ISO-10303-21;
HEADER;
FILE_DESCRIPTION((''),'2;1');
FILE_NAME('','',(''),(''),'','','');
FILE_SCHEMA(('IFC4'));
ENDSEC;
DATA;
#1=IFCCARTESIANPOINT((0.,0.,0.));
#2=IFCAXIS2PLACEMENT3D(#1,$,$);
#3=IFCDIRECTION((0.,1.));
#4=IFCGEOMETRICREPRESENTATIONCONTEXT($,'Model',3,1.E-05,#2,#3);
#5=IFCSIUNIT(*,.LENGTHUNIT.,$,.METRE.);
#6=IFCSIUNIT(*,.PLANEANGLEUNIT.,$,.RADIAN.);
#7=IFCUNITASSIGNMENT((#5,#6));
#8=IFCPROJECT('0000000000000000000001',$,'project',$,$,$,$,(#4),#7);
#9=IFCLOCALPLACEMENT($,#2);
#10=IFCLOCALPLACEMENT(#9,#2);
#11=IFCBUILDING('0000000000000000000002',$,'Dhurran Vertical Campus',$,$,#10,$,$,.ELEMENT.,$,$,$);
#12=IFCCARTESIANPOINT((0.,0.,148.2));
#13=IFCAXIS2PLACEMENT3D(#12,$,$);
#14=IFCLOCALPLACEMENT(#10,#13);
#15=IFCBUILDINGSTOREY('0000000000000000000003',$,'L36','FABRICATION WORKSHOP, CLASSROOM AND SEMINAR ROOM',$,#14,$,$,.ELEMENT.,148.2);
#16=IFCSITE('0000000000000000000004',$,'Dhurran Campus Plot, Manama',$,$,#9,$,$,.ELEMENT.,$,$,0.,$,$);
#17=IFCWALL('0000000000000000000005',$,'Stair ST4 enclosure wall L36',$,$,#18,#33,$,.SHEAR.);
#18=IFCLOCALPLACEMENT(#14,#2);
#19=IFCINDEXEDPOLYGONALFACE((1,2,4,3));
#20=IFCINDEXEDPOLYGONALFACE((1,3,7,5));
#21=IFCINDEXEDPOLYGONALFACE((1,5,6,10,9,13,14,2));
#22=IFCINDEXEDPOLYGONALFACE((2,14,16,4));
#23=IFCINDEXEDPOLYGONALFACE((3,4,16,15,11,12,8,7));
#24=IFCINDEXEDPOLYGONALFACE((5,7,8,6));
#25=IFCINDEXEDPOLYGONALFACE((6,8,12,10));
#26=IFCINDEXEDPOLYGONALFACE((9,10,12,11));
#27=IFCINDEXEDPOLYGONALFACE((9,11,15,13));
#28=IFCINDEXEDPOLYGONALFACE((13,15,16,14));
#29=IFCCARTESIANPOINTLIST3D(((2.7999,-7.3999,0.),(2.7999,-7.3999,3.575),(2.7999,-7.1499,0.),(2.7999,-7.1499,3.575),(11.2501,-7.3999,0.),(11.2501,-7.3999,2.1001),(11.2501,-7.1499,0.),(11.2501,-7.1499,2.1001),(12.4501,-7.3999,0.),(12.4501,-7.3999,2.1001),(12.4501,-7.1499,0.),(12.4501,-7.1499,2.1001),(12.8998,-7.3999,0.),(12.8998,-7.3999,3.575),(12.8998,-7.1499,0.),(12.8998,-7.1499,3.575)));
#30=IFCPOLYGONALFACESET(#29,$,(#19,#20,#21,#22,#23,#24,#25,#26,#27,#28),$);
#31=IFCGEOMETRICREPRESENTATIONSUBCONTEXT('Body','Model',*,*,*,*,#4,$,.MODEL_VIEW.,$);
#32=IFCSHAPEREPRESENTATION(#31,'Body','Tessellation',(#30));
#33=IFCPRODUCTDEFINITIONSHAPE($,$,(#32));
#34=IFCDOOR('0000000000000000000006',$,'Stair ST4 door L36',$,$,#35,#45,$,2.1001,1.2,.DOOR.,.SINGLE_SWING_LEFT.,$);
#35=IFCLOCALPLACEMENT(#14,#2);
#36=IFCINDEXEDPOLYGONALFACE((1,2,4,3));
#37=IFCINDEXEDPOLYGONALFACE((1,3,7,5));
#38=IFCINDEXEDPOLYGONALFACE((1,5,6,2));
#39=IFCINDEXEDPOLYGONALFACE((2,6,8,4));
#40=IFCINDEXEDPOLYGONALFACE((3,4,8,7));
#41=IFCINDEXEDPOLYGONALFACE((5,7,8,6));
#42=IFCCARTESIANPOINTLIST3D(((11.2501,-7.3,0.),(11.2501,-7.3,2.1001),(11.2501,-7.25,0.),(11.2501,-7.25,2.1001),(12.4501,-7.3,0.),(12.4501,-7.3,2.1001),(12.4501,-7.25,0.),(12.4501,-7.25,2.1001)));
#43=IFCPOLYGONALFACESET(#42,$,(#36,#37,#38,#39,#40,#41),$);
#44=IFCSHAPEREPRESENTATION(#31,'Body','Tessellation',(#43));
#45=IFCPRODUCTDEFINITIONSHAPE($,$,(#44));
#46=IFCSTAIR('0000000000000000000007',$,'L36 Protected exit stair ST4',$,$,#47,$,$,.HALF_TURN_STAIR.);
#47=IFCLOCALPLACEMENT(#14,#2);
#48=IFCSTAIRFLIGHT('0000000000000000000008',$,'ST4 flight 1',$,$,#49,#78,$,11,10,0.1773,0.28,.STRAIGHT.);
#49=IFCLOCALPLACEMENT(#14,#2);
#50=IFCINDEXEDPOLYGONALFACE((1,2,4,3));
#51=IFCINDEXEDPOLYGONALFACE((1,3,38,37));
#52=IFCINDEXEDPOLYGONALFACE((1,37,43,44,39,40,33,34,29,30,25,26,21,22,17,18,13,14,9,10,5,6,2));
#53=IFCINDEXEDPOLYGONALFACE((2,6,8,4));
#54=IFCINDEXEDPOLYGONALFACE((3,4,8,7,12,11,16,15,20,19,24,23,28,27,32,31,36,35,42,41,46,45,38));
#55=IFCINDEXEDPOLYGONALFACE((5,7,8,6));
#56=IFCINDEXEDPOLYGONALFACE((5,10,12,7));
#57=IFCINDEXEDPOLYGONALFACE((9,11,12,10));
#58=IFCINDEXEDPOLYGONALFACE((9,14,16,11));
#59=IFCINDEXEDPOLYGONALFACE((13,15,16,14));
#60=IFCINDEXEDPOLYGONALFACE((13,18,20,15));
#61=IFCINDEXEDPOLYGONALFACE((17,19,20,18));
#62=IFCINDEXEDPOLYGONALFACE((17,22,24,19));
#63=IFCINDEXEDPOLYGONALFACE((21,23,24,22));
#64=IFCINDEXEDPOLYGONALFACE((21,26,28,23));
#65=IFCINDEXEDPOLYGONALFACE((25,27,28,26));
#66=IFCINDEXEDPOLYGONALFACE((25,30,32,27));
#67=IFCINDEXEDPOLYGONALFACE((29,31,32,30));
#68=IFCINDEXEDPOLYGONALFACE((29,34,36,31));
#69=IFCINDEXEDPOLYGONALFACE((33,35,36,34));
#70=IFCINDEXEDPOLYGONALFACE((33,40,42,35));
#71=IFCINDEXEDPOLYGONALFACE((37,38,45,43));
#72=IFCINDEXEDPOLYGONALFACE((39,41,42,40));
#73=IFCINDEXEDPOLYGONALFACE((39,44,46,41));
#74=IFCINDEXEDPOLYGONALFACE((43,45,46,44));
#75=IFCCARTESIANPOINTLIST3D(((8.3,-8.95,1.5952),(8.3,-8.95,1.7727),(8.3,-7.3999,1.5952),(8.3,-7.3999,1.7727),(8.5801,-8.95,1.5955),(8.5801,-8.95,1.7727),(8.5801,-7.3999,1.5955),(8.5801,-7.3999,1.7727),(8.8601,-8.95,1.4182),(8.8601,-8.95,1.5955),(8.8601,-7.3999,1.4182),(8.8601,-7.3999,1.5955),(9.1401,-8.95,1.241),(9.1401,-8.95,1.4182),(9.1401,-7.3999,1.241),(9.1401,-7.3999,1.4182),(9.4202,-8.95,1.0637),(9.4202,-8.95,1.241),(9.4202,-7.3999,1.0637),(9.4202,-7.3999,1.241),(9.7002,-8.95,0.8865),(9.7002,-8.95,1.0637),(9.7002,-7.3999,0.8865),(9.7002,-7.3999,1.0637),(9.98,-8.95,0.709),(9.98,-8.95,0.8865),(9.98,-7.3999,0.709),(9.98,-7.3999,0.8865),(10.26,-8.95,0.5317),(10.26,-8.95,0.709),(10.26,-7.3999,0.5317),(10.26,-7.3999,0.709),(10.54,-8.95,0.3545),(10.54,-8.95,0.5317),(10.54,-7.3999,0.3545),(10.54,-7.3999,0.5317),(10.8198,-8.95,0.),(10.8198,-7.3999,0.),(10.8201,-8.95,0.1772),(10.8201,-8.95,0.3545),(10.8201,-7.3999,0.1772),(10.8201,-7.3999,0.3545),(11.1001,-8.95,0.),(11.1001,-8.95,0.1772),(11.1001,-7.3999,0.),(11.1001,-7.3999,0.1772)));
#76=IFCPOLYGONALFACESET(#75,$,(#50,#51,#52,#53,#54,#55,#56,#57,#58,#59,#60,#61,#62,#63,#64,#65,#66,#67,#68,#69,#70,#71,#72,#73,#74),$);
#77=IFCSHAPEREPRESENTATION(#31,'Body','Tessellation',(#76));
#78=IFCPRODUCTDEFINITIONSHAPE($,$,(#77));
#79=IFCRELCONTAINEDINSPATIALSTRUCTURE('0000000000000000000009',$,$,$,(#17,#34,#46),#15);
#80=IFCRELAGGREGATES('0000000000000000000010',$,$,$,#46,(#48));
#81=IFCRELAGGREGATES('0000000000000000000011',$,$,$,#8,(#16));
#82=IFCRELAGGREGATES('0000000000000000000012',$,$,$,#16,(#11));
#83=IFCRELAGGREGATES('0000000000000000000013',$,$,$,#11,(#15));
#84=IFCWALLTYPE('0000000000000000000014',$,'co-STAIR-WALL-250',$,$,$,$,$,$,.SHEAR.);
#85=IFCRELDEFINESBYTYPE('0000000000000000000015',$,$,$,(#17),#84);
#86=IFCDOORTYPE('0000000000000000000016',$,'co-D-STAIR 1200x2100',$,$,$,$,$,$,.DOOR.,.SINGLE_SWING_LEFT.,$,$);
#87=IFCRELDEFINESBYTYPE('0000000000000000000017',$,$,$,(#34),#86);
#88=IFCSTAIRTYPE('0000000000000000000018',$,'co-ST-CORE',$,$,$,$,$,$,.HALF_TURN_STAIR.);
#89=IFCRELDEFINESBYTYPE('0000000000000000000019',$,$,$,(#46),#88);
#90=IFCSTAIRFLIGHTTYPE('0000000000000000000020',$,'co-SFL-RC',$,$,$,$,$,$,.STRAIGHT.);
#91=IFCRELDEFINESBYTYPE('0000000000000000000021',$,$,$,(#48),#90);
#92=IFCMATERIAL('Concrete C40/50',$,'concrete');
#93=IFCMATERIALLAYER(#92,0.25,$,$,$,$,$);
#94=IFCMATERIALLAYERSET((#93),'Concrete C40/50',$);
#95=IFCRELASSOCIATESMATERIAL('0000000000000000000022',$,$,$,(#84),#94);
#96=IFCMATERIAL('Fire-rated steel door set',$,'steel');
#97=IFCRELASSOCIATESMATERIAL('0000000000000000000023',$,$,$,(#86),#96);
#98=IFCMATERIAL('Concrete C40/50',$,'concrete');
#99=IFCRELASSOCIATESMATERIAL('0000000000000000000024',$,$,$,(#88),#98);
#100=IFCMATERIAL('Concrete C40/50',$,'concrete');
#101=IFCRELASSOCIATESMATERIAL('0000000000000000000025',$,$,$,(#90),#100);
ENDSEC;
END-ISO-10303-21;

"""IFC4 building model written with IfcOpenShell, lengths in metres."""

from ifc_helpers import new_model, si_unit, direction, frame, frame_2d, origin, place, context, subcontext, project, spatial, polyline, rectangle, outline, extrude, material, layer, layer_set, type_object, element, fill, aggregate, save


model = new_model("IFC4")

# Units and contexts
model_context = context("Model", 3, precision=1e-05, world=origin(), true_north=direction((0.0, 1.0)))
body_context = subcontext(model_context, "Body", "Model", "MODEL_VIEW")
ifc_project = project(units=[si_unit("LENGTHUNIT", "METRE"), si_unit("PLANEANGLEUNIT", "RADIAN")], contexts=[model_context])

# Site, building, storey
site_placement = place(None, origin())
site = spatial("IfcSite", under=ifc_project, at=site_placement, Name="Dhurran Campus Plot, Manama", CompositionType="ELEMENT", RefElevation=0.0)
building_placement = place(site_placement, origin())
building = spatial("IfcBuilding", under=site, at=building_placement, Name="Dhurran Vertical Campus", CompositionType="ELEMENT")
storey_placement = place(building_placement, frame((0.0, 0.0, 148.2)))
storey = spatial("IfcBuildingStorey", under=building, at=storey_placement, Name="L36", Description="FABRICATION WORKSHOP, CLASSROOM AND SEMINAR ROOM", CompositionType="ELEMENT", Elevation=148.2)

# Wall, opening, door
ifc_material_1 = material(Name="Concrete C40/50", Category="concrete")
ifc_layer_1 = layer(ifc_material_1, 0.25)
ifc_layer_set_1 = layer_set([ifc_layer_1], Name="Concrete C40/50")
wall_type_1 = type_object("IfcWallType", Name="co-STAIR-WALL-250", PredefinedType="SHEAR", material=ifc_layer_set_1)
wall_1_placement = place(storey_placement, frame((2.8, -7.2749, 0.0), z_axis=(0.0, 0.0, 1.0), x_axis=(1.0, 0.0, 0.0)))
wall_1 = element("IfcWall", 1, at=wall_1_placement, inside=storey, type_object=wall_type_1, Name="Stair ST4 enclosure wall L36", PredefinedType="SHEAR", context=body_context, shape_type="SweptSolid", body=[
    extrude(rectangle(XDim=10.0999, YDim=0.25, at=frame_2d((5.0498, 0.0))), origin(), (0.0, 0.0, 1.0), 3.575),
])
opening_1_placement = place(wall_1_placement, frame((8.45, 0.0, 0.0)))
opening_1 = element("IfcOpeningElement", 2, at=opening_1_placement, cuts=wall_1, PredefinedType="OPENING", context=body_context, shape_type="SweptSolid", body=[
    extrude(rectangle(XDim=1.2, YDim=2.1001, at=frame_2d((0.6001, 1.05))), frame((0.0, 0.135, 0.0), z_axis=(0.0, -1.0, 0.0), x_axis=(1.0, 0.0, 0.0)), (0.0, 0.0, 1.0), 0.27),
])
ifc_material_2 = material(Name="Fire-rated steel door set", Category="steel")
door_type_1 = type_object("IfcDoorType", Name="co-D-STAIR 1200x2100", OperationType="SINGLE_SWING_LEFT", PredefinedType="DOOR", material=ifc_material_2)
door_1_placement = place(opening_1_placement, origin())
door_1 = element("IfcDoor", 3, at=door_1_placement, inside=storey, type_object=door_type_1, Name="Stair ST4 door L36", OperationType="SINGLE_SWING_LEFT", OverallHeight=2.1001, OverallWidth=1.2, PredefinedType="DOOR", context=body_context, shape_type="SweptSolid", body=[
    extrude(rectangle(XDim=1.2, YDim=2.1001, at=frame_2d((0.6001, 1.05))), frame((0.0, 0.0249, 0.0), z_axis=(0.0, -1.0, 0.0), x_axis=(1.0, 0.0, 0.0)), (0.0, 0.0, 1.0), 0.05),
])
fill(opening_1, door_1)

# Stair, stair flight
ifc_material_3 = material(Name="Concrete C40/50", Category="concrete")
stair_type = type_object("IfcStairType", Name="co-ST-CORE", PredefinedType="HALF_TURN_STAIR", material=ifc_material_3)
stair_placement = place(storey_placement, origin())
stair = element("IfcStair", 4, at=stair_placement, inside=storey, type_object=stair_type, Name="L36 Protected exit stair ST4", PredefinedType="HALF_TURN_STAIR")
ifc_material_4 = material(Name="Concrete C40/50", Category="concrete")
stair_flight_type = type_object("IfcStairFlightType", Name="co-SFL-RC", PredefinedType="STRAIGHT", material=ifc_material_4)
stair_flight_placement = place(storey_placement, frame((11.1001, -8.175, 0.0), z_axis=(0.0, 0.0, 1.0), x_axis=(-1.0, 0.0, 0.0)))
stair_flight = element("IfcStairFlight", 5, at=stair_flight_placement, type_object=stair_flight_type, Name="ST4 flight 1", NumberOfRisers=11, NumberOfTreads=10, PredefinedType="STRAIGHT", RiserHeight=0.1773, TreadLength=0.28, context=body_context, shape_type="SweptSolid", body=[
    extrude(outline(polyline([(0.0, 0.0), (0.0, 0.1772), (0.28, 0.1772), (0.28, 0.3545), (0.5601, 0.3545), (0.5601, 0.5317), (0.8401, 0.5317), (0.8401, 0.709), (1.1201, 0.709), (1.1201, 0.8865), (1.3999, 0.8865), (1.3999, 1.0637), (1.6799, 1.0637), (1.6799, 1.241), (1.96, 1.241), (1.96, 1.4182), (2.24, 1.4182), (2.24, 1.5955), (2.52, 1.5955), (2.52, 1.7727), (2.8, 1.7727), (2.8, 1.95), (2.8, 1.5952), (0.2803, 0.0), (0.0, 0.0)])), frame((0.0, 0.7749, 0.0), z_axis=(0.0, -1.0, 0.0), x_axis=(1.0, 0.0, 0.0)), (0.0, 0.0, 1.0), 1.55),
])
aggregate(stair, [stair_flight])

save(model, "model.ifc")
